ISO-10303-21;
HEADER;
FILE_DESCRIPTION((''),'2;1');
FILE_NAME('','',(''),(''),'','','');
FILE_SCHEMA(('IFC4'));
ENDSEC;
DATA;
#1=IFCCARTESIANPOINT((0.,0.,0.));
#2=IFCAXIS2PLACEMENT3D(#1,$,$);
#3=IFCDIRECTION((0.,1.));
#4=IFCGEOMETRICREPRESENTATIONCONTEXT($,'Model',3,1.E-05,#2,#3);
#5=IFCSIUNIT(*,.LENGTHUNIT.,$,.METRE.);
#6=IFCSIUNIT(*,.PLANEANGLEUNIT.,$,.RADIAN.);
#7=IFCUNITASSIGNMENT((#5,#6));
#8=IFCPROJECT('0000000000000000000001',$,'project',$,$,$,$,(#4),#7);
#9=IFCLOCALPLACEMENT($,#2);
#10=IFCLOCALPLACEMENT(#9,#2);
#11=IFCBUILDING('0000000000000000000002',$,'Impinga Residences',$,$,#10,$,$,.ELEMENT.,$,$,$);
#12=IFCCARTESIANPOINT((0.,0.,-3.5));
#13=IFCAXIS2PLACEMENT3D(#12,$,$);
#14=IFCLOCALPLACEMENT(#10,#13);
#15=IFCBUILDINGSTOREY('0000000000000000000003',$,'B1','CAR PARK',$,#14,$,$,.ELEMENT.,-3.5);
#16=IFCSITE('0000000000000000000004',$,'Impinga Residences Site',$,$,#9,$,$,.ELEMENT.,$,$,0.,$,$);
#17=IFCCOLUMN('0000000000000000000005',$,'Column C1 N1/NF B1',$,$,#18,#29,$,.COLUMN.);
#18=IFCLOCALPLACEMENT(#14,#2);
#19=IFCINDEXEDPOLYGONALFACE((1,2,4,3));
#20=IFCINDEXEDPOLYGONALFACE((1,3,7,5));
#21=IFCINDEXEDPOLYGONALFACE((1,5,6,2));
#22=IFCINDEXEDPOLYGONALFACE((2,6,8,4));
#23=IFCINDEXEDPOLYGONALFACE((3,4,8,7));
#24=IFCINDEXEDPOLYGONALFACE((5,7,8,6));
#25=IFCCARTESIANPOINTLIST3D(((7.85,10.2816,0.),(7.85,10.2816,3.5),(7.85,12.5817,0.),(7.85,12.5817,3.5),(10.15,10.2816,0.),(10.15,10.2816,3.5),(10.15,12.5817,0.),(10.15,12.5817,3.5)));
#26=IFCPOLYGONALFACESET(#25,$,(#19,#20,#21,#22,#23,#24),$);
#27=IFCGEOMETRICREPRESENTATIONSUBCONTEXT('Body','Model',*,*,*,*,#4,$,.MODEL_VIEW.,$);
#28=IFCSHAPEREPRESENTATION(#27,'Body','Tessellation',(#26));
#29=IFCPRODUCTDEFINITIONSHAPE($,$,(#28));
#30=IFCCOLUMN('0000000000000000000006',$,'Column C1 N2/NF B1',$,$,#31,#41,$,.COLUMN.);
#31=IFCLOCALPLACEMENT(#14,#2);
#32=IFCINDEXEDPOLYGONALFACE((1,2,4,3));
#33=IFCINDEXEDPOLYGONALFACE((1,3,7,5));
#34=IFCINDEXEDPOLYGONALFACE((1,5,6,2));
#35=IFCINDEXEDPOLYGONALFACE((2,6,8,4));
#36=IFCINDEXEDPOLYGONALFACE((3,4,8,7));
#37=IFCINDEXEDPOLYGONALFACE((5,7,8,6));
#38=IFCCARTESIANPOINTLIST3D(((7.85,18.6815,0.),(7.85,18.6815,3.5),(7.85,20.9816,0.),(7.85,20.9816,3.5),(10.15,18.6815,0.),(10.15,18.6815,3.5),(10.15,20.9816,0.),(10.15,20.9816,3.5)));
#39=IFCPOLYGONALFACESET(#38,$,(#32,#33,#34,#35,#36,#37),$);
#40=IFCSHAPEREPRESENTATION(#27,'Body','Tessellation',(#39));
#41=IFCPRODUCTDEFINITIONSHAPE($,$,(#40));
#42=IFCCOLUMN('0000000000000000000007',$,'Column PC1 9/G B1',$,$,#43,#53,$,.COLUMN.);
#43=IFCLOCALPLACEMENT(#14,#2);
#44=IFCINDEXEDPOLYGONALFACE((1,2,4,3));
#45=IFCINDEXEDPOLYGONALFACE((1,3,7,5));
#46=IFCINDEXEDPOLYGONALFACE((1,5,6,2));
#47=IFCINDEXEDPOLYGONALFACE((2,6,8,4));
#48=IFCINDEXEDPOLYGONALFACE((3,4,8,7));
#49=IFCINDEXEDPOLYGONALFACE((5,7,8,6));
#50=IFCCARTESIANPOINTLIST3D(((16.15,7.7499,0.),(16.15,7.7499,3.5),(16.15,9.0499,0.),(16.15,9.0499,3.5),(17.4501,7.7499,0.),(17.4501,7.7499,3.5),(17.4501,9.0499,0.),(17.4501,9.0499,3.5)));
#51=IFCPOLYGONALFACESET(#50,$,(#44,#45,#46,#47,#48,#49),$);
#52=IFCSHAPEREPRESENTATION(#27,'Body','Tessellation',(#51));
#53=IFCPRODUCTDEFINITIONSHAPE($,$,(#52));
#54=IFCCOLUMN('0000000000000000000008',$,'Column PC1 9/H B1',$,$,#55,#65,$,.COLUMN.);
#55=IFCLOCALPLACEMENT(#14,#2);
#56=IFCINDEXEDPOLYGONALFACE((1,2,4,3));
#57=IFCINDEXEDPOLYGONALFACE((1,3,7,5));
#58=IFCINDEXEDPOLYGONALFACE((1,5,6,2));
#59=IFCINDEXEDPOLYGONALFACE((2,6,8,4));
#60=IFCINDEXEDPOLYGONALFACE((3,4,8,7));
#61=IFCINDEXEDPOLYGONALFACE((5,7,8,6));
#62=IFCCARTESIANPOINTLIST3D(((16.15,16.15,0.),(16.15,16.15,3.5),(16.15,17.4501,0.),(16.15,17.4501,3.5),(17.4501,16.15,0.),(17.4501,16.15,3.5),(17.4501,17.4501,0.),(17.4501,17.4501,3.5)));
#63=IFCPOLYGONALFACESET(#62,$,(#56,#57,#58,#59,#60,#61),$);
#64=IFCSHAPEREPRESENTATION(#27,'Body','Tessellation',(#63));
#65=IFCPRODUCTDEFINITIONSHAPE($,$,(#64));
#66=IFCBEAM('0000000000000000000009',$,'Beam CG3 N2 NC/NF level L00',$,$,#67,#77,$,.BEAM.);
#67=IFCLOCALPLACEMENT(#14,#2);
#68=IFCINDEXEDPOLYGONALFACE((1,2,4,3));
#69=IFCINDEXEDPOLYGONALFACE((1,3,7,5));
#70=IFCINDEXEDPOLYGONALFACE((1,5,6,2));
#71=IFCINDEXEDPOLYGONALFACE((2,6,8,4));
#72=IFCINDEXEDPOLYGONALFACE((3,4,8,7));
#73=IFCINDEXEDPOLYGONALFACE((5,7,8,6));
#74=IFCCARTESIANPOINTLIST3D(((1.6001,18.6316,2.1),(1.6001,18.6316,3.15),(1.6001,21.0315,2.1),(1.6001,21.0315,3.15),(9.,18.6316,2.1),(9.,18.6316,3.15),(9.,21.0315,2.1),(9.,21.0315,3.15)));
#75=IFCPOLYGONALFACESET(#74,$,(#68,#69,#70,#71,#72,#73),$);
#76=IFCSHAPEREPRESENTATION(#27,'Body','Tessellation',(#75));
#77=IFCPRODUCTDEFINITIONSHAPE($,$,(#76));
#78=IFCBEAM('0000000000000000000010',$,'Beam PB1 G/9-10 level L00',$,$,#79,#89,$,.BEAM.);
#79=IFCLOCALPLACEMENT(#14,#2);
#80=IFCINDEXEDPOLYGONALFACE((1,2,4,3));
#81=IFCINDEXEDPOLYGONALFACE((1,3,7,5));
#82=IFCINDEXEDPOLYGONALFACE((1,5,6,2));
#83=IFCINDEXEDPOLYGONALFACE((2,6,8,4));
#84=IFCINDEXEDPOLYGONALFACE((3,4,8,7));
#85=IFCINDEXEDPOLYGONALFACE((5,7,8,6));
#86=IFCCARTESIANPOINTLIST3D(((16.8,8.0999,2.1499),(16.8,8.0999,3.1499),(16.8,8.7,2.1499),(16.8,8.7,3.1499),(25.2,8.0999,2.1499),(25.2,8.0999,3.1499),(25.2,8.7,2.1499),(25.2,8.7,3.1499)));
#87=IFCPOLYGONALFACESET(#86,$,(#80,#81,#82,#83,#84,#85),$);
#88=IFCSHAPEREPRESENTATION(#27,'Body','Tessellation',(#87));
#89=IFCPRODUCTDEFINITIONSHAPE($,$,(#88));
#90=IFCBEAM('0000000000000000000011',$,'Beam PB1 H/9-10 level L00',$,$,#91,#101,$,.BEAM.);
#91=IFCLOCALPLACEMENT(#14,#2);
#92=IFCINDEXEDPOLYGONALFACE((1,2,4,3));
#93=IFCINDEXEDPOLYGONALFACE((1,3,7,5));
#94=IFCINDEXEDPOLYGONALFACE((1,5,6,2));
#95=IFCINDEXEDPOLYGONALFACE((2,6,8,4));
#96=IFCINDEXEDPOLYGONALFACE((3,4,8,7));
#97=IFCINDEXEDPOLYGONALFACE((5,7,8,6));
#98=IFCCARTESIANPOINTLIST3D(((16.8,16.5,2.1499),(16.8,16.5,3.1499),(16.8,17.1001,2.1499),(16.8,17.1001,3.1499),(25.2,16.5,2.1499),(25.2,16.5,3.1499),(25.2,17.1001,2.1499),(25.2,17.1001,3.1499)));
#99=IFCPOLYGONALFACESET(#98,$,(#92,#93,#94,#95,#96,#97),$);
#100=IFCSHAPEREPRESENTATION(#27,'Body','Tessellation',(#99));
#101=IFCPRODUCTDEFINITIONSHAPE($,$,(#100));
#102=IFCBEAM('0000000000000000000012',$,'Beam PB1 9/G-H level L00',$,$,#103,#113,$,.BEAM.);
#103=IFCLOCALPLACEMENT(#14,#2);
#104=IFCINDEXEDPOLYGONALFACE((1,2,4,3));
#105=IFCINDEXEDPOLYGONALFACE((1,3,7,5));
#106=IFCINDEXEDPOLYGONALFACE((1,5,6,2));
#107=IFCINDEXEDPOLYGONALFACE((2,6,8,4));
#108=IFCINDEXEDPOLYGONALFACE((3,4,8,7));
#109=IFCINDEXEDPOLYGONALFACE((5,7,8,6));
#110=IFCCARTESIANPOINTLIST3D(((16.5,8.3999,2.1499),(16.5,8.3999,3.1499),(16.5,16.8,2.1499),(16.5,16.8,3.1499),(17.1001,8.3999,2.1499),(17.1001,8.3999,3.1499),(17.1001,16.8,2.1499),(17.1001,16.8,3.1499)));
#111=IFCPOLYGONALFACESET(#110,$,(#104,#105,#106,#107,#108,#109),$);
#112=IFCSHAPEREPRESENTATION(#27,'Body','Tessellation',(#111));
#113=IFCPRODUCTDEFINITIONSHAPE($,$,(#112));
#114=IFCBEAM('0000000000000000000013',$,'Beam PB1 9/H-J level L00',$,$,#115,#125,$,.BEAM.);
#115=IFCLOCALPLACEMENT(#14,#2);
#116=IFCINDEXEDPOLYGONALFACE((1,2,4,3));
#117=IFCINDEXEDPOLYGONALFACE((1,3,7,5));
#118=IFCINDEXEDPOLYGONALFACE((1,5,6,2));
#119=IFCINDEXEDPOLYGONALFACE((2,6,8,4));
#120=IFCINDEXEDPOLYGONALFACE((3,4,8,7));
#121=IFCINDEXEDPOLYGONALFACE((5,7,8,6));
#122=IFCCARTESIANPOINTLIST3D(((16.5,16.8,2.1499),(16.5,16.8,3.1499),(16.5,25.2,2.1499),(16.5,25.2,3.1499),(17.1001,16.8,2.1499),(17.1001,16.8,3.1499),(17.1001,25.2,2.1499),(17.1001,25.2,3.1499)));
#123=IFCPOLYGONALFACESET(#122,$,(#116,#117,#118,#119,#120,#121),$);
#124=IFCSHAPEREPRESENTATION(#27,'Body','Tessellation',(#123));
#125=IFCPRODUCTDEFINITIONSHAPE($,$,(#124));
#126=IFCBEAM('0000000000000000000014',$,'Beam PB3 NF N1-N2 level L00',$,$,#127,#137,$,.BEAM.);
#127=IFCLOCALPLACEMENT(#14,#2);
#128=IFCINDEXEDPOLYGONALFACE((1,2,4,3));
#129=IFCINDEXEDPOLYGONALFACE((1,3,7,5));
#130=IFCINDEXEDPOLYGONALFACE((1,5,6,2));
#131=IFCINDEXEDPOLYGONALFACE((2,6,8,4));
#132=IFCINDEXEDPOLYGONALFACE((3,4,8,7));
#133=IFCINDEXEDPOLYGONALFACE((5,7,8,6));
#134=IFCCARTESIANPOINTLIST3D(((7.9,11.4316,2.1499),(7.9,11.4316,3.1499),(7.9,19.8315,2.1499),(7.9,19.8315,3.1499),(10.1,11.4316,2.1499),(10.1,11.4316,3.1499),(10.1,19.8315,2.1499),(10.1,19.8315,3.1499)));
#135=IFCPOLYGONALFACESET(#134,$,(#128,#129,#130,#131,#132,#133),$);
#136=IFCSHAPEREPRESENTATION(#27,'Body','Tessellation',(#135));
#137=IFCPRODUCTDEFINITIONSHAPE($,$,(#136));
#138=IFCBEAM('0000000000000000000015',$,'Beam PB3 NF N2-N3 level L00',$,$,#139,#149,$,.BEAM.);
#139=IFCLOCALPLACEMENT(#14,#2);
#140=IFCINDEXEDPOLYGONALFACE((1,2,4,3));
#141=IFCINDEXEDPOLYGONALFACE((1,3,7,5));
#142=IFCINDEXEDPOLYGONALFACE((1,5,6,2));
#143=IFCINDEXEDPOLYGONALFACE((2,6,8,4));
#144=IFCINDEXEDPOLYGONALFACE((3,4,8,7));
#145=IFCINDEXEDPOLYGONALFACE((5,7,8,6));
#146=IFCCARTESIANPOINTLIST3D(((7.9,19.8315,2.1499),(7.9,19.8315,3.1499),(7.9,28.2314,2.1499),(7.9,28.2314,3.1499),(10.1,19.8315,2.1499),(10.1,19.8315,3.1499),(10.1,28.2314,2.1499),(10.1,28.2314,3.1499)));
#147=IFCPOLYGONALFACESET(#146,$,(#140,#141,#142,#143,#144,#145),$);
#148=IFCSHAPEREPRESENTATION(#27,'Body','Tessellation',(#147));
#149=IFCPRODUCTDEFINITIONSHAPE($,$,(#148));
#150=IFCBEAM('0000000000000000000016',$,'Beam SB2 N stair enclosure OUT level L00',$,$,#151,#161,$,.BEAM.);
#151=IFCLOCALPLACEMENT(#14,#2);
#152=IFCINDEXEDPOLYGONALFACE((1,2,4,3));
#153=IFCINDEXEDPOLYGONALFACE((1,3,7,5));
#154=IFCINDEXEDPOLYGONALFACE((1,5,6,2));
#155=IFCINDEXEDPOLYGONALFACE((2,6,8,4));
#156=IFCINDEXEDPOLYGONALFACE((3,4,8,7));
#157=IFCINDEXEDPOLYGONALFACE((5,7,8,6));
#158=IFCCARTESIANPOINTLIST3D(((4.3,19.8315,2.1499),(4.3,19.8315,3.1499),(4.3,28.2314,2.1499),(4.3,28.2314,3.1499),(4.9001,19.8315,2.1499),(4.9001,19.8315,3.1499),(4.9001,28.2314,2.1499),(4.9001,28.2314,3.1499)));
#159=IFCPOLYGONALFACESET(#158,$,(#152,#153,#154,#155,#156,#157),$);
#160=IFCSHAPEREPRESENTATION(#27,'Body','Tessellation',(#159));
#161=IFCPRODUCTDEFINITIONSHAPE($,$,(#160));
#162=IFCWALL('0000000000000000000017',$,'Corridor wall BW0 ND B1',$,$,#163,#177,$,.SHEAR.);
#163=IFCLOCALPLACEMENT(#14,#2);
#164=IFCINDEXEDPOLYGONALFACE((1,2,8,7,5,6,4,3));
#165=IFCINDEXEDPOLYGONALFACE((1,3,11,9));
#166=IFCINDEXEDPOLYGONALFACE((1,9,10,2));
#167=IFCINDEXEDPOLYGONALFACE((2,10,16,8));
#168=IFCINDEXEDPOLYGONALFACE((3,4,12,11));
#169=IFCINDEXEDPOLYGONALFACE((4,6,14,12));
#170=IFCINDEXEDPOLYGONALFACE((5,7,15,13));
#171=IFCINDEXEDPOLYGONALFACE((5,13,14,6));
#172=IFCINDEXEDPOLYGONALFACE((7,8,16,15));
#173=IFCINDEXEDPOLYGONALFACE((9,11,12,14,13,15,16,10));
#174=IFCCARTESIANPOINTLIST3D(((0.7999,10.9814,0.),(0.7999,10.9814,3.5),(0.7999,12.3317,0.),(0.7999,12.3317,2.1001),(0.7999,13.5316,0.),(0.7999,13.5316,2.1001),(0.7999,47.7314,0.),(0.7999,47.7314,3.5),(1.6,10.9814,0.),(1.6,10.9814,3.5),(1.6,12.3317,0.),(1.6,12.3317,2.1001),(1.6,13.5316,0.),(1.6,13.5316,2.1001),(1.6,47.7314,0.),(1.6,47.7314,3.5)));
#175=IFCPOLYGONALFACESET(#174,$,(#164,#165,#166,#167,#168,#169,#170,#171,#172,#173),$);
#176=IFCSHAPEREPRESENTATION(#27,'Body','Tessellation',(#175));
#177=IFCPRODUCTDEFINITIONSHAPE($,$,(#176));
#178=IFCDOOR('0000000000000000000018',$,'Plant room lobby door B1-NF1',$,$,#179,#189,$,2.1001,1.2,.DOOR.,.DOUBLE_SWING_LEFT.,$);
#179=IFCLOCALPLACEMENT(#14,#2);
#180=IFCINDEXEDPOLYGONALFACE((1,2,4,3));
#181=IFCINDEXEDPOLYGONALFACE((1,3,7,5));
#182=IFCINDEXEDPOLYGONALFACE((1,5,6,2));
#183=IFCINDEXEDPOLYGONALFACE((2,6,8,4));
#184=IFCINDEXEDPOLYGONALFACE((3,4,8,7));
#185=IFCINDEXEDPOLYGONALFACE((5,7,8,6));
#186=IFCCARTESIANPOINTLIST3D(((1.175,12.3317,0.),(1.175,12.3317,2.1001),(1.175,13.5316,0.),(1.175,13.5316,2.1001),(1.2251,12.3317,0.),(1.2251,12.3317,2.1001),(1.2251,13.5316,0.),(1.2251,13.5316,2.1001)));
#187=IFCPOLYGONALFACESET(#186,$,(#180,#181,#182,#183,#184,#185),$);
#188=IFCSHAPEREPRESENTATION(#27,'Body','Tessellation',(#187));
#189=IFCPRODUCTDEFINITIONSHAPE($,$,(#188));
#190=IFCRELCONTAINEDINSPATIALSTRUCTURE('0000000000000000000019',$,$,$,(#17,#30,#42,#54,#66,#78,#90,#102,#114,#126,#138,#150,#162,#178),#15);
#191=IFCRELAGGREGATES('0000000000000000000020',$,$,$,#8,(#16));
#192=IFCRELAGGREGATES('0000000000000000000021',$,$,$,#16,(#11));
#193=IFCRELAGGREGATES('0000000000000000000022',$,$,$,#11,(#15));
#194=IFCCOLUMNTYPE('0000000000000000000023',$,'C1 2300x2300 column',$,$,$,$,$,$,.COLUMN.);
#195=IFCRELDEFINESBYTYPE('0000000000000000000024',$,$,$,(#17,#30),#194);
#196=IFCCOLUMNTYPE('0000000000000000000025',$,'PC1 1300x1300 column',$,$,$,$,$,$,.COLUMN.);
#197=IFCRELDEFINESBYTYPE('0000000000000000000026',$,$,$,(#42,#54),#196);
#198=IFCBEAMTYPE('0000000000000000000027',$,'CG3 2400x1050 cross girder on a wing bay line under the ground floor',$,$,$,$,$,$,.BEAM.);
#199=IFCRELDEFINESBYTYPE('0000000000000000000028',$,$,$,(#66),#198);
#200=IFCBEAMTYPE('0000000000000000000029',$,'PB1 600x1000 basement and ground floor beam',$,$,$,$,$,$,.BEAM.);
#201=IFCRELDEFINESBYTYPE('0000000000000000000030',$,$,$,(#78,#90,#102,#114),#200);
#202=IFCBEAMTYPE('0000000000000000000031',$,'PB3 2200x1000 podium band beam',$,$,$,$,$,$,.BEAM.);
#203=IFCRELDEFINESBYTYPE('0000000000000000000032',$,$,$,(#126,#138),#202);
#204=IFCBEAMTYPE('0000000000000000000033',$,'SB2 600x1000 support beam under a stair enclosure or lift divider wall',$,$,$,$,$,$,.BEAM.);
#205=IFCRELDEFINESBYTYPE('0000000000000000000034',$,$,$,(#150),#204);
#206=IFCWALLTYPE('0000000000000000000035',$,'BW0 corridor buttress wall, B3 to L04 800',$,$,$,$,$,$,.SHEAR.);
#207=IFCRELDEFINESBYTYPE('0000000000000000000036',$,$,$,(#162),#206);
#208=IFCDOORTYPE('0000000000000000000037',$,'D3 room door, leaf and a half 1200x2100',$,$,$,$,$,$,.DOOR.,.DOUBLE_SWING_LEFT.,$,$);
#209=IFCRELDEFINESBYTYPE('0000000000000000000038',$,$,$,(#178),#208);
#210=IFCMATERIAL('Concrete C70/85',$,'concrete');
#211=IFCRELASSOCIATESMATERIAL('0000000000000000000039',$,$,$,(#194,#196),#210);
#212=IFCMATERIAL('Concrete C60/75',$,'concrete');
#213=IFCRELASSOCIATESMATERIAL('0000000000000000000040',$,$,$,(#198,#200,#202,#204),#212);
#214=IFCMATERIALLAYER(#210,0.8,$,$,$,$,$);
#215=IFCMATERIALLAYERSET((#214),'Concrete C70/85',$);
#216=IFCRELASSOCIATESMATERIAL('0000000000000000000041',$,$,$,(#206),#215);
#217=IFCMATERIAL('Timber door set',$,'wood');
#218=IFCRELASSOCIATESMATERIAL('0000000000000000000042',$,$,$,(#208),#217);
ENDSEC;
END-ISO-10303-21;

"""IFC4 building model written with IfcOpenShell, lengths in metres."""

from ifc_helpers import new_model, si_unit, direction, frame, frame_2d, origin, origin_2d, place, context, subcontext, project, spatial, rectangle, extrude, material, layer, layer_set, material_profile, profile_set, type_object, element, fill, save


model = new_model("IFC4")

# Units and contexts
model_context = context("Model", 3, precision=1e-05, world=origin(), true_north=direction((0.0, 1.0)))
body_context = subcontext(model_context, "Body", "Model", "MODEL_VIEW")
ifc_project = project(units=[si_unit("LENGTHUNIT", "METRE"), si_unit("PLANEANGLEUNIT", "RADIAN")], contexts=[model_context])

# Site, building, storey
site_placement = place(None, origin())
site = spatial("IfcSite", under=ifc_project, at=site_placement, Name="Impinga Residences Site", CompositionType="ELEMENT", RefElevation=0.0)
building_placement = place(site_placement, origin())
building = spatial("IfcBuilding", under=site, at=building_placement, Name="Impinga Residences", CompositionType="ELEMENT")
storey_placement = place(building_placement, frame((0.0, 0.0, -3.5)))
storey = spatial("IfcBuildingStorey", under=building, at=storey_placement, Name="B1", Description="CAR PARK", CompositionType="ELEMENT", Elevation=-3.5)

# Columns
ifc_material_1 = material(Name="Concrete C70/85", Category="concrete")
ifc_material_profile_1 = material_profile(ifc_material_1, rectangle(XDim=2.3, YDim=2.3, at=origin_2d()), Name="RC 2300x2300")
ifc_profile_set_1 = profile_set([ifc_material_profile_1], Name="Concrete C70/85")
column_type_1 = type_object("IfcColumnType", Name="C1 2300x2300 column", PredefinedType="COLUMN", material=ifc_profile_set_1)
for number, where, z_axis, x_axis, name in (
    (1, (9.0, 11.4316, 0.0), (0.0, 0.0, 1.0), (1.0, 0.0, 0.0), "Column C1 N1/NF B1"),
    (2, (9.0, 19.8315, 0.0), (0.0, 0.0, 1.0), (1.0, 0.0, 0.0), "Column C1 N2/NF B1"),
):
    element("IfcColumn", number, at=place(storey_placement, frame(where, z_axis=z_axis, x_axis=x_axis)), inside=storey, type_object=column_type_1, Name=name, PredefinedType="COLUMN", context=body_context, shape_type="SweptSolid", body=[
        extrude(rectangle(XDim=2.3, YDim=2.3, at=origin_2d()), origin(), (0.0, 0.0, 1.0), 3.5),
    ])
ifc_material_profile_2 = material_profile(ifc_material_1, rectangle(XDim=1.3, YDim=1.3, at=origin_2d()), Name="RC 1300x1300")
ifc_profile_set_2 = profile_set([ifc_material_profile_2], Name="Concrete C70/85")
column_type_2 = type_object("IfcColumnType", Name="PC1 1300x1300 column", PredefinedType="COLUMN", material=ifc_profile_set_2)
for number, where, z_axis, x_axis, name in (
    (3, (16.8, 8.3999, 0.0), (0.0, 0.0, 1.0), (1.0, 0.0, 0.0), "Column PC1 9/G B1"),
    (4, (16.8, 16.8, 0.0), (0.0, 0.0, 1.0), (1.0, 0.0, 0.0), "Column PC1 9/H B1"),
):
    element("IfcColumn", number, at=place(storey_placement, frame(where, z_axis=z_axis, x_axis=x_axis)), inside=storey, type_object=column_type_2, Name=name, PredefinedType="COLUMN", context=body_context, shape_type="SweptSolid", body=[
        extrude(rectangle(XDim=1.3, YDim=1.3, at=origin_2d()), origin(), (0.0, 0.0, 1.0), 3.5),
    ])

# Beams
ifc_material_2 = material(Name="Concrete C60/75", Category="concrete")
ifc_material_profile_3 = material_profile(ifc_material_2, rectangle(XDim=2.3999, YDim=1.05, at=origin_2d()), Name="RC 2400x1050")
ifc_profile_set_3 = profile_set([ifc_material_profile_3], Name="Concrete C60/75")
beam_type_1 = type_object("IfcBeamType", Name="CG3 2400x1050 cross girder on a wing bay line under the ground floor", PredefinedType="BEAM", material=ifc_profile_set_3)
beam_1_placement = place(storey_placement, frame((1.6001, 19.8315, 2.625), z_axis=(1.0, 0.0, 0.0), x_axis=(0.0, 1.0, 0.0)))
element("IfcBeam", 5, at=beam_1_placement, inside=storey, type_object=beam_type_1, Name="Beam CG3 N2 NC/NF level L00", PredefinedType="BEAM", context=body_context, shape_type="SweptSolid", body=[
    extrude(rectangle(XDim=2.3999, YDim=1.05, at=origin_2d()), origin(), (0.0, 0.0, 1.0), 7.3999),
])
ifc_material_profile_4 = material_profile(ifc_material_2, rectangle(XDim=0.6001, YDim=1.0, at=origin_2d()), Name="RC 600x1000")
ifc_profile_set_4 = profile_set([ifc_material_profile_4], Name="Concrete C60/75")
beam_type_2 = type_object("IfcBeamType", Name="PB1 600x1000 basement and ground floor beam", PredefinedType="BEAM", material=ifc_profile_set_4)
for number, where, z_axis, x_axis, name in (
    (6, (16.8, 8.3999, 2.6499), (1.0, 0.0, 0.0), (0.0, 1.0, 0.0), "Beam PB1 G/9-10 level L00"),
    (7, (16.8, 16.8, 2.6499), (1.0, 0.0, 0.0), (0.0, 1.0, 0.0), "Beam PB1 H/9-10 level L00"),
):
    element("IfcBeam", number, at=place(storey_placement, frame(where, z_axis=z_axis, x_axis=x_axis)), inside=storey, type_object=beam_type_2, Name=name, PredefinedType="BEAM", context=body_context, shape_type="SweptSolid", body=[
        extrude(rectangle(XDim=0.6001, YDim=1.0, at=origin_2d()), origin(), (0.0, 0.0, 1.0), 8.3999),
    ])
beam_2_placement = place(storey_placement, frame((16.8, 8.3999, 2.6499), z_axis=(0.0, 1.0, 0.0), x_axis=(-1.0, 0.0, 0.0)))
element("IfcBeam", 8, at=beam_2_placement, inside=storey, type_object=beam_type_2, Name="Beam PB1 9/G-H level L00", PredefinedType="BEAM", context=body_context, shape_type="SweptSolid", body=[
    extrude(rectangle(XDim=0.6001, YDim=1.0, at=origin_2d()), origin(), (0.0, 0.0, 1.0), 8.4001),
])
beam_3_placement = place(storey_placement, frame((16.8, 16.8, 2.6499), z_axis=(0.0, 1.0, 0.0), x_axis=(-1.0, 0.0, 0.0)))
element("IfcBeam", 9, at=beam_3_placement, inside=storey, type_object=beam_type_2, Name="Beam PB1 9/H-J level L00", PredefinedType="BEAM", context=body_context, shape_type="SweptSolid", body=[
    extrude(rectangle(XDim=0.6001, YDim=1.0, at=origin_2d()), origin(), (0.0, 0.0, 1.0), 8.3999),
])
ifc_material_profile_5 = material_profile(ifc_material_2, rectangle(XDim=2.2, YDim=1.0, at=origin_2d()), Name="RC 2200x1000")
ifc_profile_set_5 = profile_set([ifc_material_profile_5], Name="Concrete C60/75")
beam_type_3 = type_object("IfcBeamType", Name="PB3 2200x1000 podium band beam", PredefinedType="BEAM", material=ifc_profile_set_5)
for number, where, z_axis, x_axis, name in (
    (10, (9.0, 11.4316, 2.6499), (0.0, 1.0, 0.0), (-1.0, 0.0, 0.0), "Beam PB3 NF N1-N2 level L00"),
    (11, (9.0, 19.8315, 2.6499), (0.0, 1.0, 0.0), (-1.0, 0.0, 0.0), "Beam PB3 NF N2-N3 level L00"),
):
    element("IfcBeam", number, at=place(storey_placement, frame(where, z_axis=z_axis, x_axis=x_axis)), inside=storey, type_object=beam_type_3, Name=name, PredefinedType="BEAM", context=body_context, shape_type="SweptSolid", body=[
        extrude(rectangle(XDim=2.2, YDim=1.0, at=origin_2d()), origin(), (0.0, 0.0, 1.0), 8.3999),
    ])
ifc_material_profile_6 = material_profile(ifc_material_2, rectangle(XDim=0.6001, YDim=1.0, at=origin_2d()), Name="RC 600x1000")
ifc_profile_set_6 = profile_set([ifc_material_profile_6], Name="Concrete C60/75")
beam_type_4 = type_object("IfcBeamType", Name="SB2 600x1000 support beam under a stair enclosure or lift divider wall", PredefinedType="BEAM", material=ifc_profile_set_6)
beam_4_placement = place(storey_placement, frame((4.6001, 19.8315, 2.6499), z_axis=(0.0, 1.0, 0.0), x_axis=(-1.0, 0.0, 0.0)))
element("IfcBeam", 12, at=beam_4_placement, inside=storey, type_object=beam_type_4, Name="Beam SB2 N stair enclosure OUT level L00", PredefinedType="BEAM", context=body_context, shape_type="SweptSolid", body=[
    extrude(rectangle(XDim=0.6001, YDim=1.0, at=origin_2d()), origin(), (0.0, 0.0, 1.0), 8.3999),
])

# Wall, opening, door
ifc_layer_1 = layer(ifc_material_1, 0.8)
ifc_layer_set_1 = layer_set([ifc_layer_1], Name="Concrete C70/85")
wall_type_1 = type_object("IfcWallType", Name="BW0 corridor buttress wall, B3 to L04 800", PredefinedType="SHEAR", material=ifc_layer_set_1)
wall_1_placement = place(storey_placement, frame((1.2, 10.9814, 0.0), z_axis=(0.0, 0.0, 1.0), x_axis=(0.0, 1.0, 0.0)))
wall_1 = element("IfcWall", 13, at=wall_1_placement, inside=storey, type_object=wall_type_1, Name="Corridor wall BW0 ND B1", PredefinedType="SHEAR", context=body_context, shape_type="SweptSolid", body=[
    extrude(rectangle(XDim=36.75, YDim=0.8, at=frame_2d((18.375, 0.0))), origin(), (0.0, 0.0, 1.0), 3.5),
])
opening_1_placement = place(wall_1_placement, frame((1.3501, 0.0, 0.0)))
opening_1 = element("IfcOpeningElement", 14, at=opening_1_placement, cuts=wall_1, PredefinedType="OPENING", context=body_context, shape_type="SweptSolid", body=[
    extrude(rectangle(XDim=1.2, YDim=2.1001, at=frame_2d((0.6001, 1.05))), frame((0.0, 0.4099, 0.0), z_axis=(0.0, -1.0, 0.0), x_axis=(1.0, 0.0, 0.0)), (0.0, 0.0, 1.0), 0.8201),
])
ifc_material_3 = material(Name="Timber door set", Category="wood")
door_type_1 = type_object("IfcDoorType", Name="D3 room door, leaf and a half 1200x2100", OperationType="DOUBLE_SWING_LEFT", PredefinedType="DOOR", material=ifc_material_3)
door_1_placement = place(opening_1_placement, origin())
door_1 = element("IfcDoor", 15, at=door_1_placement, inside=storey, type_object=door_type_1, Name="Plant room lobby door B1-NF1", OperationType="DOUBLE_SWING_LEFT", OverallHeight=2.1001, OverallWidth=1.2, PredefinedType="DOOR", context=body_context, shape_type="SweptSolid", body=[
    extrude(rectangle(XDim=1.2, YDim=2.1001, at=frame_2d((0.6001, 1.05))), frame((0.0, 0.0249, 0.0), z_axis=(0.0, -1.0, 0.0), x_axis=(1.0, 0.0, 0.0)), (0.0, 0.0, 1.0), 0.05),
])
fill(opening_1, door_1)

save(model, "model.ifc")
